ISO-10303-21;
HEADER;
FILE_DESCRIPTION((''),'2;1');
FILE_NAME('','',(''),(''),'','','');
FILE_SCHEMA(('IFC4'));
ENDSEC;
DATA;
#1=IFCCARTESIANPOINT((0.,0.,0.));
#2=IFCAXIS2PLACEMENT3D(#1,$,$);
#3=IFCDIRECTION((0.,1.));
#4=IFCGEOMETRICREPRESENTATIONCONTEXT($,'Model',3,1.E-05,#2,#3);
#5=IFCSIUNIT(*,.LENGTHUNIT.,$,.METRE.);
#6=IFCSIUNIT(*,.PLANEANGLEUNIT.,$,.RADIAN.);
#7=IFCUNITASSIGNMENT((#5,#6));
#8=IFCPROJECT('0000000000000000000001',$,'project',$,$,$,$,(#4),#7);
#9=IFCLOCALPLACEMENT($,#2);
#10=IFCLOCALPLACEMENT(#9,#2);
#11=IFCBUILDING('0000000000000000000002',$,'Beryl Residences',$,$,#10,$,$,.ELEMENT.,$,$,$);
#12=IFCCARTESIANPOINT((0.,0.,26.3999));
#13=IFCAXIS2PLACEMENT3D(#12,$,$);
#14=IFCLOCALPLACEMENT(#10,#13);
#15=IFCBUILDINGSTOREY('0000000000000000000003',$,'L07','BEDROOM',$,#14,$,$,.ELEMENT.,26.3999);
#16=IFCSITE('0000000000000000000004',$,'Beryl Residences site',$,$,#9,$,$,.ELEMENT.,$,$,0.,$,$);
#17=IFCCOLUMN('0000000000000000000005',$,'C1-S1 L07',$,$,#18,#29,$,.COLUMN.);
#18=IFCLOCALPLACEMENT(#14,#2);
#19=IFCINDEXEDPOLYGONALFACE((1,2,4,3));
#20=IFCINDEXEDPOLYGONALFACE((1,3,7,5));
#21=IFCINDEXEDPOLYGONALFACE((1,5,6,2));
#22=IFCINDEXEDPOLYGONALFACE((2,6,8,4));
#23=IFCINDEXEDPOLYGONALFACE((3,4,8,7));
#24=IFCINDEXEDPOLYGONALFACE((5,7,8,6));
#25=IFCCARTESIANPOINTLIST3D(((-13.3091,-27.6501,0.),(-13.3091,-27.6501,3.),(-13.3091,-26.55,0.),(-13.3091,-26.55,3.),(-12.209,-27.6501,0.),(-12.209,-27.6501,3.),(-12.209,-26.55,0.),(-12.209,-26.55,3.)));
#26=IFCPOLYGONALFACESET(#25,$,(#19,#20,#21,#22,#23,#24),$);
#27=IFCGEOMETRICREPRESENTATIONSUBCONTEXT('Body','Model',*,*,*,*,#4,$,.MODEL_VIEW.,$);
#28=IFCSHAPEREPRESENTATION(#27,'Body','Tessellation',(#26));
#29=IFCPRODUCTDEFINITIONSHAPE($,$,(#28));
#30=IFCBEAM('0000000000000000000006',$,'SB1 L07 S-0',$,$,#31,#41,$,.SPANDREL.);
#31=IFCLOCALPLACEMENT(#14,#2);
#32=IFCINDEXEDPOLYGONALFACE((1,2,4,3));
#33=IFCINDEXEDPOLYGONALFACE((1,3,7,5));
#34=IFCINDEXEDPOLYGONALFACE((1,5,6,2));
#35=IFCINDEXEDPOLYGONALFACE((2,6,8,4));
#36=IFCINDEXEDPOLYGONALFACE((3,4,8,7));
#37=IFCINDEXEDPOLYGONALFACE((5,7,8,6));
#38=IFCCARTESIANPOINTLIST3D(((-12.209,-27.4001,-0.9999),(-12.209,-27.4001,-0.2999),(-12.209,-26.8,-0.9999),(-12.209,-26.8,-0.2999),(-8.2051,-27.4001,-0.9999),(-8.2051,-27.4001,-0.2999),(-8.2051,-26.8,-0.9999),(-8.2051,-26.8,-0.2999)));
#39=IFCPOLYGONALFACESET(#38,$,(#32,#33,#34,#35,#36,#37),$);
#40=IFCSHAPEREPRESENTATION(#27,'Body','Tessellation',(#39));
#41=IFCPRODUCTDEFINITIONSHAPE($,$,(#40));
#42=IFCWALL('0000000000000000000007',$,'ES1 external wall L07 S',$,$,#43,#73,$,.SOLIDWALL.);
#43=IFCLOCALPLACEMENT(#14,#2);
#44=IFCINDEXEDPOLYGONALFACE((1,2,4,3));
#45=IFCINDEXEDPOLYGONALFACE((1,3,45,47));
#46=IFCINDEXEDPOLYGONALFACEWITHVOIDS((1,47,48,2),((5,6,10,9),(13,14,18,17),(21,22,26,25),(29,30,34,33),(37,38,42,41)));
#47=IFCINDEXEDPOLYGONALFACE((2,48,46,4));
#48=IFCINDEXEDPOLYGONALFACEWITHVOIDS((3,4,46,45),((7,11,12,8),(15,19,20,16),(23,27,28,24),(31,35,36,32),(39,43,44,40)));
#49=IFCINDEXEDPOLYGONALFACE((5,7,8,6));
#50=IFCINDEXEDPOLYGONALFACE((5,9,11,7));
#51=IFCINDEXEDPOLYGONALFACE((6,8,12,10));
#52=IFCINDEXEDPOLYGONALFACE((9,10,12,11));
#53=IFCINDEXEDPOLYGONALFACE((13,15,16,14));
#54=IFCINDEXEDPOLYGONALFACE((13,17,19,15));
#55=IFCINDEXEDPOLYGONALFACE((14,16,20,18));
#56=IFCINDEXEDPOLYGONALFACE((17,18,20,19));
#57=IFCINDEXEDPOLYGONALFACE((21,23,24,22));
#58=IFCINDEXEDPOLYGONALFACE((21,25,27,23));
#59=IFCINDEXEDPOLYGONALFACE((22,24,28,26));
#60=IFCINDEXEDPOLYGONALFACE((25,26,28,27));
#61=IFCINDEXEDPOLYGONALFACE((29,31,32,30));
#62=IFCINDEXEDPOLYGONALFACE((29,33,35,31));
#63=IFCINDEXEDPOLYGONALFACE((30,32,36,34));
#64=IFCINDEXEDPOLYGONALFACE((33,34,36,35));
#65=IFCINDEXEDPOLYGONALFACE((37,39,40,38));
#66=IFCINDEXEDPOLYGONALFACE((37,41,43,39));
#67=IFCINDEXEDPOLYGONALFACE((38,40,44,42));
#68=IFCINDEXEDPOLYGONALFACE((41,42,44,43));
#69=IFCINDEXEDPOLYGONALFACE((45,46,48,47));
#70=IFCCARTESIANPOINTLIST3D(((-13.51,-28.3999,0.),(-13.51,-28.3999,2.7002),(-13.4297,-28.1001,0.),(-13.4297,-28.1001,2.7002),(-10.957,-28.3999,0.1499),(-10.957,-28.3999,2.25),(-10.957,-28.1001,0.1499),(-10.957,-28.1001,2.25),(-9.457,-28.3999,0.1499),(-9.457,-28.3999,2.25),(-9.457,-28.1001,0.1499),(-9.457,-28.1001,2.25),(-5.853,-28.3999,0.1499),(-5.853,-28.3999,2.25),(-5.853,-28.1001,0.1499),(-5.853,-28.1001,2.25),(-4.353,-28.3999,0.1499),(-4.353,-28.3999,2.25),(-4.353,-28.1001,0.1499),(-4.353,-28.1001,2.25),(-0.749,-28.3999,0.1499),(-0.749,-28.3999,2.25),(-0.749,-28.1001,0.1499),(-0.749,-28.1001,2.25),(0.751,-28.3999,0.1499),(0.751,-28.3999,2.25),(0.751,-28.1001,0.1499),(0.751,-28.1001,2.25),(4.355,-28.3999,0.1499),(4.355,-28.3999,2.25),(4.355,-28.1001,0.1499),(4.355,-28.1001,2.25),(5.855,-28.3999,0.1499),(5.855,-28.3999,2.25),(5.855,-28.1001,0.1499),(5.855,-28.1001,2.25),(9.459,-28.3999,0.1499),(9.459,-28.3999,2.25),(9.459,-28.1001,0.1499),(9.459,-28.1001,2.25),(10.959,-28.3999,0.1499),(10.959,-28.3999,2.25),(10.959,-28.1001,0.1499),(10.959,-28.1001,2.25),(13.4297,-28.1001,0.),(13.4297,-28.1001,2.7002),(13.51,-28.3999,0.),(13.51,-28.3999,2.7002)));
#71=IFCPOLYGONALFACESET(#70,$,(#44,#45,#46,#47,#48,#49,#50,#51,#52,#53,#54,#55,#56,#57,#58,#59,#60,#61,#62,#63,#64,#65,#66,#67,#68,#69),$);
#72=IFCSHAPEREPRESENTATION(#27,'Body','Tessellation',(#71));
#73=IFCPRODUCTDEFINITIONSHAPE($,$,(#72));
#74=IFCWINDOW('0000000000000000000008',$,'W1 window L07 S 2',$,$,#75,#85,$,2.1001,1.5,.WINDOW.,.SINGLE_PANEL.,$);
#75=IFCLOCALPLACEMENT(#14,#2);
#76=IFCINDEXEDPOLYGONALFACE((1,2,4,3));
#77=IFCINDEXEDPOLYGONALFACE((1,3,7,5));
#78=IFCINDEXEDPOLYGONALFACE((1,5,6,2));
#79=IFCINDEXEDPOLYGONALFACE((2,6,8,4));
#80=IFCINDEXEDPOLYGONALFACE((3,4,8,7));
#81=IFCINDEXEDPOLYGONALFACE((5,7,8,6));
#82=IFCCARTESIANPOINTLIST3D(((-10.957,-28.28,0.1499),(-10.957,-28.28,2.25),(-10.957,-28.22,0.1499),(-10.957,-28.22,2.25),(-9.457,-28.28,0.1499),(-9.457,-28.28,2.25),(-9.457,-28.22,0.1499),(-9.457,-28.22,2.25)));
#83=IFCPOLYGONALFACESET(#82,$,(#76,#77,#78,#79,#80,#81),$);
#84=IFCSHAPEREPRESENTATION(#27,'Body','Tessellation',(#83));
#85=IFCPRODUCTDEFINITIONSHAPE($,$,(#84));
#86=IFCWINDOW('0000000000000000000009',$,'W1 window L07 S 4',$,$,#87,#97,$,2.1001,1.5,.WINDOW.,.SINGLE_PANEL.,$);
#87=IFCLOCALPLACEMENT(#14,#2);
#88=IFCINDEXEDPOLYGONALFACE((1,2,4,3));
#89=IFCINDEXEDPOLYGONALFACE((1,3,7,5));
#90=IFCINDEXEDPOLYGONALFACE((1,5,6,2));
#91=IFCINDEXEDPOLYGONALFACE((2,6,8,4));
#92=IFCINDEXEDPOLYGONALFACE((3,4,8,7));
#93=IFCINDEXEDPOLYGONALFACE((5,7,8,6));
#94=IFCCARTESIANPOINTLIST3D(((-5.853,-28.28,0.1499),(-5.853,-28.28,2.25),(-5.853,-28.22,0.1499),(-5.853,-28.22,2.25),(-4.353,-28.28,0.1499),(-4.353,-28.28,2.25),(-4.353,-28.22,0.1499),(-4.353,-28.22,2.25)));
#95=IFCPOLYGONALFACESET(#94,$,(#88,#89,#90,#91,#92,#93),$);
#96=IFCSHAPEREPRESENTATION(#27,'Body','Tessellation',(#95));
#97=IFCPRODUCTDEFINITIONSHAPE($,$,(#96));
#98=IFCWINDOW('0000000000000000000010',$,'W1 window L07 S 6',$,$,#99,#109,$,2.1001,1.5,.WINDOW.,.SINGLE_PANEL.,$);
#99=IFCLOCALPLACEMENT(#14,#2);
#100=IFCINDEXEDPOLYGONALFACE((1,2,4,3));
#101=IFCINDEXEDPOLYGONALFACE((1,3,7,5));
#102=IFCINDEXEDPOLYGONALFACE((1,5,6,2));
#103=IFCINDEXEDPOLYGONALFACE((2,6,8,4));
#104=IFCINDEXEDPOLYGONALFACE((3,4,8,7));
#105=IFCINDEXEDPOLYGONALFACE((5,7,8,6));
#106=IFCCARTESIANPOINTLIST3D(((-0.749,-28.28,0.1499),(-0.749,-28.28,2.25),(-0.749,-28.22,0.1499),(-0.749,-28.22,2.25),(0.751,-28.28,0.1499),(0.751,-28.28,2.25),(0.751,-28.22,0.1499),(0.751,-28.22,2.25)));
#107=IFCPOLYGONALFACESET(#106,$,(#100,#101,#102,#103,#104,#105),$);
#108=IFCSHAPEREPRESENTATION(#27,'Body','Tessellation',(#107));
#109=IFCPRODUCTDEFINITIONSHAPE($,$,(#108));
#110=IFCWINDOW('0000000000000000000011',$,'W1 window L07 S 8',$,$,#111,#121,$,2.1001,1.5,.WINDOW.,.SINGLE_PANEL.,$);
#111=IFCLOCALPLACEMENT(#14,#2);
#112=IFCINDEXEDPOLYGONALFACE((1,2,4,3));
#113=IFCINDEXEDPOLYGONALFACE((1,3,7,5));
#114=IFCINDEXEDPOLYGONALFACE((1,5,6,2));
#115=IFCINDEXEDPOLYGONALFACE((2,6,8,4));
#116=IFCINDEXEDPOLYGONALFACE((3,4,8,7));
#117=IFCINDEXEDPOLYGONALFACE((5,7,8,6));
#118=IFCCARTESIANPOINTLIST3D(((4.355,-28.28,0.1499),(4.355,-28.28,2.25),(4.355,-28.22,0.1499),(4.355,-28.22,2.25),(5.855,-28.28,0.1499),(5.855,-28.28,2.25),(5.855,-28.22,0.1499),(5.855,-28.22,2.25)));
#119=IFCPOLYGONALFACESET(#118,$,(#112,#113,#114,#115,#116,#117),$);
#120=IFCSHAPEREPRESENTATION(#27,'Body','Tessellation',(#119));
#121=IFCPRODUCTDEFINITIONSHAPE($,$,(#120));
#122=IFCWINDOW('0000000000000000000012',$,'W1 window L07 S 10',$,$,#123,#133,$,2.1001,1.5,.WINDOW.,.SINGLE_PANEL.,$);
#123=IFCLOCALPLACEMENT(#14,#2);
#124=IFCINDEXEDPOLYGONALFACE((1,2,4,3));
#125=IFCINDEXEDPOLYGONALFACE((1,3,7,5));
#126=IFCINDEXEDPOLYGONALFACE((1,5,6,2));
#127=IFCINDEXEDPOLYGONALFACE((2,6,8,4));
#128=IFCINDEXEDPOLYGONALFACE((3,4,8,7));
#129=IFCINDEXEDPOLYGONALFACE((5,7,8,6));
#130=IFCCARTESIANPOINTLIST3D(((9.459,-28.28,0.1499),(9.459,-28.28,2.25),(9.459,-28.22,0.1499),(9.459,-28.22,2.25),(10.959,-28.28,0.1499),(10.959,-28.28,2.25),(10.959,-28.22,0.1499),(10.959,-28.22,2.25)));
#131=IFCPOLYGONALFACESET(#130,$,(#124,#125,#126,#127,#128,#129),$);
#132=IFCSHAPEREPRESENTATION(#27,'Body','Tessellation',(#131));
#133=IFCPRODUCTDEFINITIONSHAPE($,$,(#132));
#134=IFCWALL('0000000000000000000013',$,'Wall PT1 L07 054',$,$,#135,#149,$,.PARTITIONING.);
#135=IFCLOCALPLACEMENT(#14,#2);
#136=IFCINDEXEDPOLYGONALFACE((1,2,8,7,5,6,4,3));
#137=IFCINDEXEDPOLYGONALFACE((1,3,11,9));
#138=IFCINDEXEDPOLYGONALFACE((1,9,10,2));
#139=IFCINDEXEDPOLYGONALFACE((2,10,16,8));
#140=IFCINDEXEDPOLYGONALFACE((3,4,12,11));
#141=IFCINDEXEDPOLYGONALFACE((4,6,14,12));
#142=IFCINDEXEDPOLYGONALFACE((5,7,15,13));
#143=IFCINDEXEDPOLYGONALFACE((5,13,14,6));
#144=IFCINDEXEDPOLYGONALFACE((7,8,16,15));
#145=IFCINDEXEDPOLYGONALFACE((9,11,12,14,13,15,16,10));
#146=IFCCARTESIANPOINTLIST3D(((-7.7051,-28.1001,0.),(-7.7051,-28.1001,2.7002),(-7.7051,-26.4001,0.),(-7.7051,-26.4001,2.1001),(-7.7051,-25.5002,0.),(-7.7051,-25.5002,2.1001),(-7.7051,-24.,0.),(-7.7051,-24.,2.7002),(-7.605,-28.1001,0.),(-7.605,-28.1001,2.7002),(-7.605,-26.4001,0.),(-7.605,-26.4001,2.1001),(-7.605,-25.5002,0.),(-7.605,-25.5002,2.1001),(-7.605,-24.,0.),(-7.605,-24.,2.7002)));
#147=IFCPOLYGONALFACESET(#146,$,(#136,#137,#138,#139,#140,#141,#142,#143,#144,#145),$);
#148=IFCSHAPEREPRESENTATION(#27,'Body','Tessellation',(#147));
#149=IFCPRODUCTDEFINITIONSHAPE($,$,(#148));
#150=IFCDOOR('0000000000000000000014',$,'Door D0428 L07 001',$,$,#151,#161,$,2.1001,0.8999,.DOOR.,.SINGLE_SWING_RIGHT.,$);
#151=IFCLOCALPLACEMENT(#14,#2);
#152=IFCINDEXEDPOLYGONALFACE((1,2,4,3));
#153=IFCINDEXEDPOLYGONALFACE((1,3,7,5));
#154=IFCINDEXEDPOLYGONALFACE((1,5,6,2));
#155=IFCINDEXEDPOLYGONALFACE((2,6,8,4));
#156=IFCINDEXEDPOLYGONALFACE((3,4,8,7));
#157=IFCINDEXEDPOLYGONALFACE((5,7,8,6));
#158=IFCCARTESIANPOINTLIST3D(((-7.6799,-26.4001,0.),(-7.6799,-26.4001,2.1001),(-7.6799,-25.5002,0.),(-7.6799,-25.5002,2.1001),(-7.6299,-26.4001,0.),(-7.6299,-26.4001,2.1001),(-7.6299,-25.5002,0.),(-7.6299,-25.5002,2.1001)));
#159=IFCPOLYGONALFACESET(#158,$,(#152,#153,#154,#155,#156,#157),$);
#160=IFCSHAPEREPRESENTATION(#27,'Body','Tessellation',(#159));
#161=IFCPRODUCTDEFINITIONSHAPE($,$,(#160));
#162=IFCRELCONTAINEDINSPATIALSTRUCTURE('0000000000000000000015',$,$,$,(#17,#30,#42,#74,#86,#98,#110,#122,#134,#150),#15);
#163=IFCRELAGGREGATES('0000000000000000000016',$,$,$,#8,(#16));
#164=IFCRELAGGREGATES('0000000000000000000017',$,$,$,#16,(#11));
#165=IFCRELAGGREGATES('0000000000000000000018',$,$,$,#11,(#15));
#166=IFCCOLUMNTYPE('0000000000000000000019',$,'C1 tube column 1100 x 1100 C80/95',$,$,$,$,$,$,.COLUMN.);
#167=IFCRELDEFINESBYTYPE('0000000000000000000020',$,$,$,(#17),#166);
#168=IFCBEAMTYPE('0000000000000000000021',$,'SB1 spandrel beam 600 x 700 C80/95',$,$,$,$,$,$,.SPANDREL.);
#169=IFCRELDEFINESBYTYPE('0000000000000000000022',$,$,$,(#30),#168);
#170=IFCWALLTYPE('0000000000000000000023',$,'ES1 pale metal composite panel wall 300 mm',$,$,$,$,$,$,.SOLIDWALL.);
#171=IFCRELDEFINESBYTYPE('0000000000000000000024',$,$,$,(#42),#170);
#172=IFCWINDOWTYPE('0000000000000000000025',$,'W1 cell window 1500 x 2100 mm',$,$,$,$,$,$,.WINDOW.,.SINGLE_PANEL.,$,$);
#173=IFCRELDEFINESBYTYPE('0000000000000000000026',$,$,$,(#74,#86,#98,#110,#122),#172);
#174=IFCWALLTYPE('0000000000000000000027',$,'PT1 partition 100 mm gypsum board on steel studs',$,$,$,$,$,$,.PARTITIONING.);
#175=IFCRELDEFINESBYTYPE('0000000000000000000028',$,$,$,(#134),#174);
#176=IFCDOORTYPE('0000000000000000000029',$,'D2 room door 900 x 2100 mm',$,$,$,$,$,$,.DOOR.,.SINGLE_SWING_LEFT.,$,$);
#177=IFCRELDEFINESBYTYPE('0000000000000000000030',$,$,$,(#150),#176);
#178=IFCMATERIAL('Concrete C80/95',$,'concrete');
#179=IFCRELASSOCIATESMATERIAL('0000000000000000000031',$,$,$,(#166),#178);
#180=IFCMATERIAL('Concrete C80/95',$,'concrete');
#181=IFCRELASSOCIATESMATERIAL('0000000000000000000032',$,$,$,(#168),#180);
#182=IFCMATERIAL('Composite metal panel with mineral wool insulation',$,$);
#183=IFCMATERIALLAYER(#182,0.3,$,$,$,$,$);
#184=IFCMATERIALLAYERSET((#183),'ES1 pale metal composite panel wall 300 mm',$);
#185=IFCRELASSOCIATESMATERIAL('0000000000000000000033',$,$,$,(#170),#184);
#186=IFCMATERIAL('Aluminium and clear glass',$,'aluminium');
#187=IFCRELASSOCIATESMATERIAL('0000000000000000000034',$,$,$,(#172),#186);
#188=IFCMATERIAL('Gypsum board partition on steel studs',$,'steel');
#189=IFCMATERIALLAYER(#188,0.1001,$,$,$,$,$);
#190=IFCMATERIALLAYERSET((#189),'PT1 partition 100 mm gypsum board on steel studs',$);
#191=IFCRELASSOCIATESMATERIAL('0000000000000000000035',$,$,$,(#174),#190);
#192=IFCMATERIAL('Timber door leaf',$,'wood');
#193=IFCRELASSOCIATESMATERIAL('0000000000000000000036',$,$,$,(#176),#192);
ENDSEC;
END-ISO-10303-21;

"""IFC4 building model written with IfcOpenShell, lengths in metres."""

from ifc_helpers import new_model, si_unit, direction, frame, frame_2d, origin, origin_2d, place, context, subcontext, project, spatial, polyline, rectangle, outline, extrude, material, layer, layer_set, material_profile, profile_set, type_object, element, fill, save


model = new_model("IFC4")

# Units and contexts
model_context = context("Model", 3, precision=1e-05, world=origin(), true_north=direction((0.0, 1.0)))
body_context = subcontext(model_context, "Body", "Model", "MODEL_VIEW")
ifc_project = project(units=[si_unit("LENGTHUNIT", "METRE"), si_unit("PLANEANGLEUNIT", "RADIAN")], contexts=[model_context])

# Site, building, storey
site_placement = place(None, origin())
site = spatial("IfcSite", under=ifc_project, at=site_placement, Name="Beryl Residences site", CompositionType="ELEMENT", RefElevation=0.0)
building_placement = place(site_placement, origin())
building = spatial("IfcBuilding", under=site, at=building_placement, Name="Beryl Residences", CompositionType="ELEMENT")
storey_placement = place(building_placement, frame((0.0, 0.0, 26.3999)))
storey = spatial("IfcBuildingStorey", under=building, at=storey_placement, Name="L07", Description="BEDROOM", CompositionType="ELEMENT", Elevation=26.3999)

# Column
ifc_material_1 = material(Name="Concrete C80/95", Category="concrete")
ifc_material_profile_1 = material_profile(ifc_material_1, rectangle(XDim=1.1001, YDim=1.1001, at=origin_2d()))
ifc_profile_set_1 = profile_set([ifc_material_profile_1], Name="Concrete C80/95")
column_type = type_object("IfcColumnType", Name="C1 tube column 1100 x 1100 C80/95", PredefinedType="COLUMN", material=ifc_profile_set_1)
column_placement = place(storey_placement, frame((-12.759, -27.1001, 0.0), z_axis=(0.0, 0.0, 1.0), x_axis=(1.0, 0.0, 0.0)))
element("IfcColumn", 1, at=column_placement, inside=storey, type_object=column_type, Name="C1-S1 L07", PredefinedType="COLUMN", context=body_context, shape_type="SweptSolid", body=[
    extrude(rectangle(XDim=1.1001, YDim=1.1001, at=origin_2d()), origin(), (0.0, 0.0, 1.0), 3.0),
])

# Beam
ifc_material_2 = material(Name="Concrete C80/95", Category="concrete")
ifc_material_profile_2 = material_profile(ifc_material_2, rectangle(XDim=0.6001, YDim=0.7, at=origin_2d()))
ifc_profile_set_2 = profile_set([ifc_material_profile_2], Name="Concrete C80/95")
beam_type = type_object("IfcBeamType", Name="SB1 spandrel beam 600 x 700 C80/95", PredefinedType="SPANDREL", material=ifc_profile_set_2)
beam_placement = place(storey_placement, frame((-12.209, -27.1001, -0.6499), z_axis=(1.0, 0.0, 0.0), x_axis=(0.0, 1.0, 0.0)))
element("IfcBeam", 2, at=beam_placement, inside=storey, type_object=beam_type, Name="SB1 L07 S-0", PredefinedType="SPANDREL", context=body_context, shape_type="SweptSolid", body=[
    extrude(rectangle(XDim=0.6001, YDim=0.7, at=origin_2d()), origin(), (0.0, 0.0, 1.0), 4.0039),
])

# Wall, openings, windows
ifc_material_3 = material(Name="Composite metal panel with mineral wool insulation")
ifc_layer_1 = layer(ifc_material_3, 0.3)
ifc_layer_set_1 = layer_set([ifc_layer_1], Name="ES1 pale metal composite panel wall 300 mm")
wall_type_1 = type_object("IfcWallType", Name="ES1 pale metal composite panel wall 300 mm", PredefinedType="SOLIDWALL", material=ifc_layer_set_1)
wall_1_placement = place(storey_placement, frame((-13.51, -28.25, 0.0), z_axis=(0.0, 0.0, 1.0), x_axis=(1.0, 0.0, 0.0)))
wall_1 = element("IfcWall", 3, at=wall_1_placement, inside=storey, type_object=wall_type_1, Name="ES1 external wall L07 S", PredefinedType="SOLIDWALL", context=body_context, shape_type="SweptSolid", body=[
    extrude(outline(polyline([(0.0, -0.1499), (27.02, -0.1499), (26.9397, 0.1499), (0.0803, 0.1499), (0.0, -0.1499)])), origin(), (0.0, 0.0, 1.0), 2.7002),
])
opening_1_placement = place(wall_1_placement, frame((2.553, 0.0, 0.1499)))
opening_1 = element("IfcOpeningElement", 4, at=opening_1_placement, cuts=wall_1, PredefinedType="OPENING", context=body_context, shape_type="SweptSolid", body=[
    extrude(rectangle(XDim=1.5, YDim=2.1001, at=frame_2d((0.75, 1.05))), frame((0.0, 0.1599, 0.0), z_axis=(0.0, -1.0, 0.0), x_axis=(1.0, 0.0, 0.0)), (0.0, 0.0, 1.0), 0.3201),
])
opening_2_placement = place(wall_1_placement, frame((7.657, 0.0, 0.1499)))
opening_2 = element("IfcOpeningElement", 5, at=opening_2_placement, cuts=wall_1, PredefinedType="OPENING", context=body_context, shape_type="SweptSolid", body=[
    extrude(rectangle(XDim=1.5, YDim=2.1001, at=frame_2d((0.75, 1.05))), frame((0.0, 0.1599, 0.0), z_axis=(0.0, -1.0, 0.0), x_axis=(1.0, 0.0, 0.0)), (0.0, 0.0, 1.0), 0.3201),
])
opening_3_placement = place(wall_1_placement, frame((12.761, 0.0, 0.1499)))
opening_3 = element("IfcOpeningElement", 6, at=opening_3_placement, cuts=wall_1, PredefinedType="OPENING", context=body_context, shape_type="SweptSolid", body=[
    extrude(rectangle(XDim=1.5, YDim=2.1001, at=frame_2d((0.75, 1.05))), frame((0.0, 0.1599, 0.0), z_axis=(0.0, -1.0, 0.0), x_axis=(1.0, 0.0, 0.0)), (0.0, 0.0, 1.0), 0.3201),
])
opening_4_placement = place(wall_1_placement, frame((17.865, 0.0, 0.1499)))
opening_4 = element("IfcOpeningElement", 7, at=opening_4_placement, cuts=wall_1, PredefinedType="OPENING", context=body_context, shape_type="SweptSolid", body=[
    extrude(rectangle(XDim=1.5, YDim=2.1001, at=frame_2d((0.75, 1.05))), frame((0.0, 0.1599, 0.0), z_axis=(0.0, -1.0, 0.0), x_axis=(1.0, 0.0, 0.0)), (0.0, 0.0, 1.0), 0.3201),
])
opening_5_placement = place(wall_1_placement, frame((22.969, 0.0, 0.1499)))
opening_5 = element("IfcOpeningElement", 8, at=opening_5_placement, cuts=wall_1, PredefinedType="OPENING", context=body_context, shape_type="SweptSolid", body=[
    extrude(rectangle(XDim=1.5, YDim=2.1001, at=frame_2d((0.75, 1.05))), frame((0.0, 0.1599, 0.0), z_axis=(0.0, -1.0, 0.0), x_axis=(1.0, 0.0, 0.0)), (0.0, 0.0, 1.0), 0.3201),
])
ifc_material_4 = material(Name="Aluminium and clear glass", Category="aluminium")
window_type = type_object("IfcWindowType", Name="W1 cell window 1500 x 2100 mm", PartitioningType="SINGLE_PANEL", PredefinedType="WINDOW", material=ifc_material_4)
window_1_placement = place(opening_1_placement, origin())
window_1 = element("IfcWindow", 9, at=window_1_placement, inside=storey, type_object=window_type, Name="W1 window L07 S 2", OverallHeight=2.1001, OverallWidth=1.5, PartitioningType="SINGLE_PANEL", PredefinedType="WINDOW", context=body_context, shape_type="SweptSolid", body=[
    extrude(rectangle(XDim=1.5, YDim=2.1001, at=frame_2d((0.75, 1.05))), frame((0.0, 0.03, 0.0), z_axis=(0.0, -1.0, 0.0), x_axis=(1.0, 0.0, 0.0)), (0.0, 0.0, 1.0), 0.0601),
])
fill(opening_1, window_1)
window_2_placement = place(opening_2_placement, origin())
window_2 = element("IfcWindow", 10, at=window_2_placement, inside=storey, type_object=window_type, Name="W1 window L07 S 4", OverallHeight=2.1001, OverallWidth=1.5, PartitioningType="SINGLE_PANEL", PredefinedType="WINDOW", context=body_context, shape_type="SweptSolid", body=[
    extrude(rectangle(XDim=1.5, YDim=2.1001, at=frame_2d((0.75, 1.05))), frame((0.0, 0.03, 0.0), z_axis=(0.0, -1.0, 0.0), x_axis=(1.0, 0.0, 0.0)), (0.0, 0.0, 1.0), 0.0601),
])
fill(opening_2, window_2)
window_3_placement = place(opening_3_placement, origin())
window_3 = element("IfcWindow", 11, at=window_3_placement, inside=storey, type_object=window_type, Name="W1 window L07 S 6", OverallHeight=2.1001, OverallWidth=1.5, PartitioningType="SINGLE_PANEL", PredefinedType="WINDOW", context=body_context, shape_type="SweptSolid", body=[
    extrude(rectangle(XDim=1.5, YDim=2.1001, at=frame_2d((0.75, 1.05))), frame((0.0, 0.03, 0.0), z_axis=(0.0, -1.0, 0.0), x_axis=(1.0, 0.0, 0.0)), (0.0, 0.0, 1.0), 0.0601),
])
fill(opening_3, window_3)
window_4_placement = place(opening_4_placement, origin())
window_4 = element("IfcWindow", 12, at=window_4_placement, inside=storey, type_object=window_type, Name="W1 window L07 S 8", OverallHeight=2.1001, OverallWidth=1.5, PartitioningType="SINGLE_PANEL", PredefinedType="WINDOW", context=body_context, shape_type="SweptSolid", body=[
    extrude(rectangle(XDim=1.5, YDim=2.1001, at=frame_2d((0.75, 1.05))), frame((0.0, 0.03, 0.0), z_axis=(0.0, -1.0, 0.0), x_axis=(1.0, 0.0, 0.0)), (0.0, 0.0, 1.0), 0.0601),
])
fill(opening_4, window_4)
window_5_placement = place(opening_5_placement, origin())
window_5 = element("IfcWindow", 13, at=window_5_placement, inside=storey, type_object=window_type, Name="W1 window L07 S 10", OverallHeight=2.1001, OverallWidth=1.5, PartitioningType="SINGLE_PANEL", PredefinedType="WINDOW", context=body_context, shape_type="SweptSolid", body=[
    extrude(rectangle(XDim=1.5, YDim=2.1001, at=frame_2d((0.75, 1.05))), frame((0.0, 0.03, 0.0), z_axis=(0.0, -1.0, 0.0), x_axis=(1.0, 0.0, 0.0)), (0.0, 0.0, 1.0), 0.0601),
])
fill(opening_5, window_5)

# Wall, opening, door
ifc_material_5 = material(Name="Gypsum board partition on steel studs", Category="steel")
ifc_layer_2 = layer(ifc_material_5, 0.1001)
ifc_layer_set_2 = layer_set([ifc_layer_2], Name="PT1 partition 100 mm gypsum board on steel studs")
wall_type_2 = type_object("IfcWallType", Name="PT1 partition 100 mm gypsum board on steel studs", PredefinedType="PARTITIONING", material=ifc_layer_set_2)
wall_2_placement = place(storey_placement, frame((-7.655, -28.1001, 0.0), z_axis=(0.0, 0.0, 1.0), x_axis=(0.0, 1.0, 0.0)))
wall_2 = element("IfcWall", 14, at=wall_2_placement, inside=storey, type_object=wall_type_2, Name="Wall PT1 L07 054", PredefinedType="PARTITIONING", context=body_context, shape_type="SweptSolid", body=[
    extrude(rectangle(XDim=4.1001, YDim=0.1001, at=frame_2d((2.05, 0.0))), origin(), (0.0, 0.0, 1.0), 2.7002),
])
opening_6_placement = place(wall_2_placement, frame((1.7, 0.0, 0.0)))
opening_6 = element("IfcOpeningElement", 15, at=opening_6_placement, cuts=wall_2, PredefinedType="OPENING", context=body_context, shape_type="SweptSolid", body=[
    extrude(rectangle(XDim=0.8999, YDim=2.1001, at=frame_2d((0.45, 1.05))), frame((0.0, 0.0601, 0.0), z_axis=(0.0, -1.0, 0.0), x_axis=(1.0, 0.0, 0.0)), (0.0, 0.0, 1.0), 0.1201),
])
ifc_material_6 = material(Name="Timber door leaf", Category="wood")
door_type_1 = type_object("IfcDoorType", Name="D2 room door 900 x 2100 mm", OperationType="SINGLE_SWING_LEFT", PredefinedType="DOOR", material=ifc_material_6)
door_1_placement = place(opening_6_placement, origin())
door_1 = element("IfcDoor", 16, at=door_1_placement, inside=storey, type_object=door_type_1, Name="Door D0428 L07 001", OperationType="SINGLE_SWING_RIGHT", OverallHeight=2.1001, OverallWidth=0.8999, PredefinedType="DOOR", context=body_context, shape_type="SweptSolid", body=[
    extrude(rectangle(XDim=0.8999, YDim=2.1001, at=frame_2d((0.45, 1.05))), frame((0.0, 0.0249, 0.0), z_axis=(0.0, -1.0, 0.0), x_axis=(1.0, 0.0, 0.0)), (0.0, 0.0, 1.0), 0.05),
])
fill(opening_6, door_1)

save(model, "model.ifc")
